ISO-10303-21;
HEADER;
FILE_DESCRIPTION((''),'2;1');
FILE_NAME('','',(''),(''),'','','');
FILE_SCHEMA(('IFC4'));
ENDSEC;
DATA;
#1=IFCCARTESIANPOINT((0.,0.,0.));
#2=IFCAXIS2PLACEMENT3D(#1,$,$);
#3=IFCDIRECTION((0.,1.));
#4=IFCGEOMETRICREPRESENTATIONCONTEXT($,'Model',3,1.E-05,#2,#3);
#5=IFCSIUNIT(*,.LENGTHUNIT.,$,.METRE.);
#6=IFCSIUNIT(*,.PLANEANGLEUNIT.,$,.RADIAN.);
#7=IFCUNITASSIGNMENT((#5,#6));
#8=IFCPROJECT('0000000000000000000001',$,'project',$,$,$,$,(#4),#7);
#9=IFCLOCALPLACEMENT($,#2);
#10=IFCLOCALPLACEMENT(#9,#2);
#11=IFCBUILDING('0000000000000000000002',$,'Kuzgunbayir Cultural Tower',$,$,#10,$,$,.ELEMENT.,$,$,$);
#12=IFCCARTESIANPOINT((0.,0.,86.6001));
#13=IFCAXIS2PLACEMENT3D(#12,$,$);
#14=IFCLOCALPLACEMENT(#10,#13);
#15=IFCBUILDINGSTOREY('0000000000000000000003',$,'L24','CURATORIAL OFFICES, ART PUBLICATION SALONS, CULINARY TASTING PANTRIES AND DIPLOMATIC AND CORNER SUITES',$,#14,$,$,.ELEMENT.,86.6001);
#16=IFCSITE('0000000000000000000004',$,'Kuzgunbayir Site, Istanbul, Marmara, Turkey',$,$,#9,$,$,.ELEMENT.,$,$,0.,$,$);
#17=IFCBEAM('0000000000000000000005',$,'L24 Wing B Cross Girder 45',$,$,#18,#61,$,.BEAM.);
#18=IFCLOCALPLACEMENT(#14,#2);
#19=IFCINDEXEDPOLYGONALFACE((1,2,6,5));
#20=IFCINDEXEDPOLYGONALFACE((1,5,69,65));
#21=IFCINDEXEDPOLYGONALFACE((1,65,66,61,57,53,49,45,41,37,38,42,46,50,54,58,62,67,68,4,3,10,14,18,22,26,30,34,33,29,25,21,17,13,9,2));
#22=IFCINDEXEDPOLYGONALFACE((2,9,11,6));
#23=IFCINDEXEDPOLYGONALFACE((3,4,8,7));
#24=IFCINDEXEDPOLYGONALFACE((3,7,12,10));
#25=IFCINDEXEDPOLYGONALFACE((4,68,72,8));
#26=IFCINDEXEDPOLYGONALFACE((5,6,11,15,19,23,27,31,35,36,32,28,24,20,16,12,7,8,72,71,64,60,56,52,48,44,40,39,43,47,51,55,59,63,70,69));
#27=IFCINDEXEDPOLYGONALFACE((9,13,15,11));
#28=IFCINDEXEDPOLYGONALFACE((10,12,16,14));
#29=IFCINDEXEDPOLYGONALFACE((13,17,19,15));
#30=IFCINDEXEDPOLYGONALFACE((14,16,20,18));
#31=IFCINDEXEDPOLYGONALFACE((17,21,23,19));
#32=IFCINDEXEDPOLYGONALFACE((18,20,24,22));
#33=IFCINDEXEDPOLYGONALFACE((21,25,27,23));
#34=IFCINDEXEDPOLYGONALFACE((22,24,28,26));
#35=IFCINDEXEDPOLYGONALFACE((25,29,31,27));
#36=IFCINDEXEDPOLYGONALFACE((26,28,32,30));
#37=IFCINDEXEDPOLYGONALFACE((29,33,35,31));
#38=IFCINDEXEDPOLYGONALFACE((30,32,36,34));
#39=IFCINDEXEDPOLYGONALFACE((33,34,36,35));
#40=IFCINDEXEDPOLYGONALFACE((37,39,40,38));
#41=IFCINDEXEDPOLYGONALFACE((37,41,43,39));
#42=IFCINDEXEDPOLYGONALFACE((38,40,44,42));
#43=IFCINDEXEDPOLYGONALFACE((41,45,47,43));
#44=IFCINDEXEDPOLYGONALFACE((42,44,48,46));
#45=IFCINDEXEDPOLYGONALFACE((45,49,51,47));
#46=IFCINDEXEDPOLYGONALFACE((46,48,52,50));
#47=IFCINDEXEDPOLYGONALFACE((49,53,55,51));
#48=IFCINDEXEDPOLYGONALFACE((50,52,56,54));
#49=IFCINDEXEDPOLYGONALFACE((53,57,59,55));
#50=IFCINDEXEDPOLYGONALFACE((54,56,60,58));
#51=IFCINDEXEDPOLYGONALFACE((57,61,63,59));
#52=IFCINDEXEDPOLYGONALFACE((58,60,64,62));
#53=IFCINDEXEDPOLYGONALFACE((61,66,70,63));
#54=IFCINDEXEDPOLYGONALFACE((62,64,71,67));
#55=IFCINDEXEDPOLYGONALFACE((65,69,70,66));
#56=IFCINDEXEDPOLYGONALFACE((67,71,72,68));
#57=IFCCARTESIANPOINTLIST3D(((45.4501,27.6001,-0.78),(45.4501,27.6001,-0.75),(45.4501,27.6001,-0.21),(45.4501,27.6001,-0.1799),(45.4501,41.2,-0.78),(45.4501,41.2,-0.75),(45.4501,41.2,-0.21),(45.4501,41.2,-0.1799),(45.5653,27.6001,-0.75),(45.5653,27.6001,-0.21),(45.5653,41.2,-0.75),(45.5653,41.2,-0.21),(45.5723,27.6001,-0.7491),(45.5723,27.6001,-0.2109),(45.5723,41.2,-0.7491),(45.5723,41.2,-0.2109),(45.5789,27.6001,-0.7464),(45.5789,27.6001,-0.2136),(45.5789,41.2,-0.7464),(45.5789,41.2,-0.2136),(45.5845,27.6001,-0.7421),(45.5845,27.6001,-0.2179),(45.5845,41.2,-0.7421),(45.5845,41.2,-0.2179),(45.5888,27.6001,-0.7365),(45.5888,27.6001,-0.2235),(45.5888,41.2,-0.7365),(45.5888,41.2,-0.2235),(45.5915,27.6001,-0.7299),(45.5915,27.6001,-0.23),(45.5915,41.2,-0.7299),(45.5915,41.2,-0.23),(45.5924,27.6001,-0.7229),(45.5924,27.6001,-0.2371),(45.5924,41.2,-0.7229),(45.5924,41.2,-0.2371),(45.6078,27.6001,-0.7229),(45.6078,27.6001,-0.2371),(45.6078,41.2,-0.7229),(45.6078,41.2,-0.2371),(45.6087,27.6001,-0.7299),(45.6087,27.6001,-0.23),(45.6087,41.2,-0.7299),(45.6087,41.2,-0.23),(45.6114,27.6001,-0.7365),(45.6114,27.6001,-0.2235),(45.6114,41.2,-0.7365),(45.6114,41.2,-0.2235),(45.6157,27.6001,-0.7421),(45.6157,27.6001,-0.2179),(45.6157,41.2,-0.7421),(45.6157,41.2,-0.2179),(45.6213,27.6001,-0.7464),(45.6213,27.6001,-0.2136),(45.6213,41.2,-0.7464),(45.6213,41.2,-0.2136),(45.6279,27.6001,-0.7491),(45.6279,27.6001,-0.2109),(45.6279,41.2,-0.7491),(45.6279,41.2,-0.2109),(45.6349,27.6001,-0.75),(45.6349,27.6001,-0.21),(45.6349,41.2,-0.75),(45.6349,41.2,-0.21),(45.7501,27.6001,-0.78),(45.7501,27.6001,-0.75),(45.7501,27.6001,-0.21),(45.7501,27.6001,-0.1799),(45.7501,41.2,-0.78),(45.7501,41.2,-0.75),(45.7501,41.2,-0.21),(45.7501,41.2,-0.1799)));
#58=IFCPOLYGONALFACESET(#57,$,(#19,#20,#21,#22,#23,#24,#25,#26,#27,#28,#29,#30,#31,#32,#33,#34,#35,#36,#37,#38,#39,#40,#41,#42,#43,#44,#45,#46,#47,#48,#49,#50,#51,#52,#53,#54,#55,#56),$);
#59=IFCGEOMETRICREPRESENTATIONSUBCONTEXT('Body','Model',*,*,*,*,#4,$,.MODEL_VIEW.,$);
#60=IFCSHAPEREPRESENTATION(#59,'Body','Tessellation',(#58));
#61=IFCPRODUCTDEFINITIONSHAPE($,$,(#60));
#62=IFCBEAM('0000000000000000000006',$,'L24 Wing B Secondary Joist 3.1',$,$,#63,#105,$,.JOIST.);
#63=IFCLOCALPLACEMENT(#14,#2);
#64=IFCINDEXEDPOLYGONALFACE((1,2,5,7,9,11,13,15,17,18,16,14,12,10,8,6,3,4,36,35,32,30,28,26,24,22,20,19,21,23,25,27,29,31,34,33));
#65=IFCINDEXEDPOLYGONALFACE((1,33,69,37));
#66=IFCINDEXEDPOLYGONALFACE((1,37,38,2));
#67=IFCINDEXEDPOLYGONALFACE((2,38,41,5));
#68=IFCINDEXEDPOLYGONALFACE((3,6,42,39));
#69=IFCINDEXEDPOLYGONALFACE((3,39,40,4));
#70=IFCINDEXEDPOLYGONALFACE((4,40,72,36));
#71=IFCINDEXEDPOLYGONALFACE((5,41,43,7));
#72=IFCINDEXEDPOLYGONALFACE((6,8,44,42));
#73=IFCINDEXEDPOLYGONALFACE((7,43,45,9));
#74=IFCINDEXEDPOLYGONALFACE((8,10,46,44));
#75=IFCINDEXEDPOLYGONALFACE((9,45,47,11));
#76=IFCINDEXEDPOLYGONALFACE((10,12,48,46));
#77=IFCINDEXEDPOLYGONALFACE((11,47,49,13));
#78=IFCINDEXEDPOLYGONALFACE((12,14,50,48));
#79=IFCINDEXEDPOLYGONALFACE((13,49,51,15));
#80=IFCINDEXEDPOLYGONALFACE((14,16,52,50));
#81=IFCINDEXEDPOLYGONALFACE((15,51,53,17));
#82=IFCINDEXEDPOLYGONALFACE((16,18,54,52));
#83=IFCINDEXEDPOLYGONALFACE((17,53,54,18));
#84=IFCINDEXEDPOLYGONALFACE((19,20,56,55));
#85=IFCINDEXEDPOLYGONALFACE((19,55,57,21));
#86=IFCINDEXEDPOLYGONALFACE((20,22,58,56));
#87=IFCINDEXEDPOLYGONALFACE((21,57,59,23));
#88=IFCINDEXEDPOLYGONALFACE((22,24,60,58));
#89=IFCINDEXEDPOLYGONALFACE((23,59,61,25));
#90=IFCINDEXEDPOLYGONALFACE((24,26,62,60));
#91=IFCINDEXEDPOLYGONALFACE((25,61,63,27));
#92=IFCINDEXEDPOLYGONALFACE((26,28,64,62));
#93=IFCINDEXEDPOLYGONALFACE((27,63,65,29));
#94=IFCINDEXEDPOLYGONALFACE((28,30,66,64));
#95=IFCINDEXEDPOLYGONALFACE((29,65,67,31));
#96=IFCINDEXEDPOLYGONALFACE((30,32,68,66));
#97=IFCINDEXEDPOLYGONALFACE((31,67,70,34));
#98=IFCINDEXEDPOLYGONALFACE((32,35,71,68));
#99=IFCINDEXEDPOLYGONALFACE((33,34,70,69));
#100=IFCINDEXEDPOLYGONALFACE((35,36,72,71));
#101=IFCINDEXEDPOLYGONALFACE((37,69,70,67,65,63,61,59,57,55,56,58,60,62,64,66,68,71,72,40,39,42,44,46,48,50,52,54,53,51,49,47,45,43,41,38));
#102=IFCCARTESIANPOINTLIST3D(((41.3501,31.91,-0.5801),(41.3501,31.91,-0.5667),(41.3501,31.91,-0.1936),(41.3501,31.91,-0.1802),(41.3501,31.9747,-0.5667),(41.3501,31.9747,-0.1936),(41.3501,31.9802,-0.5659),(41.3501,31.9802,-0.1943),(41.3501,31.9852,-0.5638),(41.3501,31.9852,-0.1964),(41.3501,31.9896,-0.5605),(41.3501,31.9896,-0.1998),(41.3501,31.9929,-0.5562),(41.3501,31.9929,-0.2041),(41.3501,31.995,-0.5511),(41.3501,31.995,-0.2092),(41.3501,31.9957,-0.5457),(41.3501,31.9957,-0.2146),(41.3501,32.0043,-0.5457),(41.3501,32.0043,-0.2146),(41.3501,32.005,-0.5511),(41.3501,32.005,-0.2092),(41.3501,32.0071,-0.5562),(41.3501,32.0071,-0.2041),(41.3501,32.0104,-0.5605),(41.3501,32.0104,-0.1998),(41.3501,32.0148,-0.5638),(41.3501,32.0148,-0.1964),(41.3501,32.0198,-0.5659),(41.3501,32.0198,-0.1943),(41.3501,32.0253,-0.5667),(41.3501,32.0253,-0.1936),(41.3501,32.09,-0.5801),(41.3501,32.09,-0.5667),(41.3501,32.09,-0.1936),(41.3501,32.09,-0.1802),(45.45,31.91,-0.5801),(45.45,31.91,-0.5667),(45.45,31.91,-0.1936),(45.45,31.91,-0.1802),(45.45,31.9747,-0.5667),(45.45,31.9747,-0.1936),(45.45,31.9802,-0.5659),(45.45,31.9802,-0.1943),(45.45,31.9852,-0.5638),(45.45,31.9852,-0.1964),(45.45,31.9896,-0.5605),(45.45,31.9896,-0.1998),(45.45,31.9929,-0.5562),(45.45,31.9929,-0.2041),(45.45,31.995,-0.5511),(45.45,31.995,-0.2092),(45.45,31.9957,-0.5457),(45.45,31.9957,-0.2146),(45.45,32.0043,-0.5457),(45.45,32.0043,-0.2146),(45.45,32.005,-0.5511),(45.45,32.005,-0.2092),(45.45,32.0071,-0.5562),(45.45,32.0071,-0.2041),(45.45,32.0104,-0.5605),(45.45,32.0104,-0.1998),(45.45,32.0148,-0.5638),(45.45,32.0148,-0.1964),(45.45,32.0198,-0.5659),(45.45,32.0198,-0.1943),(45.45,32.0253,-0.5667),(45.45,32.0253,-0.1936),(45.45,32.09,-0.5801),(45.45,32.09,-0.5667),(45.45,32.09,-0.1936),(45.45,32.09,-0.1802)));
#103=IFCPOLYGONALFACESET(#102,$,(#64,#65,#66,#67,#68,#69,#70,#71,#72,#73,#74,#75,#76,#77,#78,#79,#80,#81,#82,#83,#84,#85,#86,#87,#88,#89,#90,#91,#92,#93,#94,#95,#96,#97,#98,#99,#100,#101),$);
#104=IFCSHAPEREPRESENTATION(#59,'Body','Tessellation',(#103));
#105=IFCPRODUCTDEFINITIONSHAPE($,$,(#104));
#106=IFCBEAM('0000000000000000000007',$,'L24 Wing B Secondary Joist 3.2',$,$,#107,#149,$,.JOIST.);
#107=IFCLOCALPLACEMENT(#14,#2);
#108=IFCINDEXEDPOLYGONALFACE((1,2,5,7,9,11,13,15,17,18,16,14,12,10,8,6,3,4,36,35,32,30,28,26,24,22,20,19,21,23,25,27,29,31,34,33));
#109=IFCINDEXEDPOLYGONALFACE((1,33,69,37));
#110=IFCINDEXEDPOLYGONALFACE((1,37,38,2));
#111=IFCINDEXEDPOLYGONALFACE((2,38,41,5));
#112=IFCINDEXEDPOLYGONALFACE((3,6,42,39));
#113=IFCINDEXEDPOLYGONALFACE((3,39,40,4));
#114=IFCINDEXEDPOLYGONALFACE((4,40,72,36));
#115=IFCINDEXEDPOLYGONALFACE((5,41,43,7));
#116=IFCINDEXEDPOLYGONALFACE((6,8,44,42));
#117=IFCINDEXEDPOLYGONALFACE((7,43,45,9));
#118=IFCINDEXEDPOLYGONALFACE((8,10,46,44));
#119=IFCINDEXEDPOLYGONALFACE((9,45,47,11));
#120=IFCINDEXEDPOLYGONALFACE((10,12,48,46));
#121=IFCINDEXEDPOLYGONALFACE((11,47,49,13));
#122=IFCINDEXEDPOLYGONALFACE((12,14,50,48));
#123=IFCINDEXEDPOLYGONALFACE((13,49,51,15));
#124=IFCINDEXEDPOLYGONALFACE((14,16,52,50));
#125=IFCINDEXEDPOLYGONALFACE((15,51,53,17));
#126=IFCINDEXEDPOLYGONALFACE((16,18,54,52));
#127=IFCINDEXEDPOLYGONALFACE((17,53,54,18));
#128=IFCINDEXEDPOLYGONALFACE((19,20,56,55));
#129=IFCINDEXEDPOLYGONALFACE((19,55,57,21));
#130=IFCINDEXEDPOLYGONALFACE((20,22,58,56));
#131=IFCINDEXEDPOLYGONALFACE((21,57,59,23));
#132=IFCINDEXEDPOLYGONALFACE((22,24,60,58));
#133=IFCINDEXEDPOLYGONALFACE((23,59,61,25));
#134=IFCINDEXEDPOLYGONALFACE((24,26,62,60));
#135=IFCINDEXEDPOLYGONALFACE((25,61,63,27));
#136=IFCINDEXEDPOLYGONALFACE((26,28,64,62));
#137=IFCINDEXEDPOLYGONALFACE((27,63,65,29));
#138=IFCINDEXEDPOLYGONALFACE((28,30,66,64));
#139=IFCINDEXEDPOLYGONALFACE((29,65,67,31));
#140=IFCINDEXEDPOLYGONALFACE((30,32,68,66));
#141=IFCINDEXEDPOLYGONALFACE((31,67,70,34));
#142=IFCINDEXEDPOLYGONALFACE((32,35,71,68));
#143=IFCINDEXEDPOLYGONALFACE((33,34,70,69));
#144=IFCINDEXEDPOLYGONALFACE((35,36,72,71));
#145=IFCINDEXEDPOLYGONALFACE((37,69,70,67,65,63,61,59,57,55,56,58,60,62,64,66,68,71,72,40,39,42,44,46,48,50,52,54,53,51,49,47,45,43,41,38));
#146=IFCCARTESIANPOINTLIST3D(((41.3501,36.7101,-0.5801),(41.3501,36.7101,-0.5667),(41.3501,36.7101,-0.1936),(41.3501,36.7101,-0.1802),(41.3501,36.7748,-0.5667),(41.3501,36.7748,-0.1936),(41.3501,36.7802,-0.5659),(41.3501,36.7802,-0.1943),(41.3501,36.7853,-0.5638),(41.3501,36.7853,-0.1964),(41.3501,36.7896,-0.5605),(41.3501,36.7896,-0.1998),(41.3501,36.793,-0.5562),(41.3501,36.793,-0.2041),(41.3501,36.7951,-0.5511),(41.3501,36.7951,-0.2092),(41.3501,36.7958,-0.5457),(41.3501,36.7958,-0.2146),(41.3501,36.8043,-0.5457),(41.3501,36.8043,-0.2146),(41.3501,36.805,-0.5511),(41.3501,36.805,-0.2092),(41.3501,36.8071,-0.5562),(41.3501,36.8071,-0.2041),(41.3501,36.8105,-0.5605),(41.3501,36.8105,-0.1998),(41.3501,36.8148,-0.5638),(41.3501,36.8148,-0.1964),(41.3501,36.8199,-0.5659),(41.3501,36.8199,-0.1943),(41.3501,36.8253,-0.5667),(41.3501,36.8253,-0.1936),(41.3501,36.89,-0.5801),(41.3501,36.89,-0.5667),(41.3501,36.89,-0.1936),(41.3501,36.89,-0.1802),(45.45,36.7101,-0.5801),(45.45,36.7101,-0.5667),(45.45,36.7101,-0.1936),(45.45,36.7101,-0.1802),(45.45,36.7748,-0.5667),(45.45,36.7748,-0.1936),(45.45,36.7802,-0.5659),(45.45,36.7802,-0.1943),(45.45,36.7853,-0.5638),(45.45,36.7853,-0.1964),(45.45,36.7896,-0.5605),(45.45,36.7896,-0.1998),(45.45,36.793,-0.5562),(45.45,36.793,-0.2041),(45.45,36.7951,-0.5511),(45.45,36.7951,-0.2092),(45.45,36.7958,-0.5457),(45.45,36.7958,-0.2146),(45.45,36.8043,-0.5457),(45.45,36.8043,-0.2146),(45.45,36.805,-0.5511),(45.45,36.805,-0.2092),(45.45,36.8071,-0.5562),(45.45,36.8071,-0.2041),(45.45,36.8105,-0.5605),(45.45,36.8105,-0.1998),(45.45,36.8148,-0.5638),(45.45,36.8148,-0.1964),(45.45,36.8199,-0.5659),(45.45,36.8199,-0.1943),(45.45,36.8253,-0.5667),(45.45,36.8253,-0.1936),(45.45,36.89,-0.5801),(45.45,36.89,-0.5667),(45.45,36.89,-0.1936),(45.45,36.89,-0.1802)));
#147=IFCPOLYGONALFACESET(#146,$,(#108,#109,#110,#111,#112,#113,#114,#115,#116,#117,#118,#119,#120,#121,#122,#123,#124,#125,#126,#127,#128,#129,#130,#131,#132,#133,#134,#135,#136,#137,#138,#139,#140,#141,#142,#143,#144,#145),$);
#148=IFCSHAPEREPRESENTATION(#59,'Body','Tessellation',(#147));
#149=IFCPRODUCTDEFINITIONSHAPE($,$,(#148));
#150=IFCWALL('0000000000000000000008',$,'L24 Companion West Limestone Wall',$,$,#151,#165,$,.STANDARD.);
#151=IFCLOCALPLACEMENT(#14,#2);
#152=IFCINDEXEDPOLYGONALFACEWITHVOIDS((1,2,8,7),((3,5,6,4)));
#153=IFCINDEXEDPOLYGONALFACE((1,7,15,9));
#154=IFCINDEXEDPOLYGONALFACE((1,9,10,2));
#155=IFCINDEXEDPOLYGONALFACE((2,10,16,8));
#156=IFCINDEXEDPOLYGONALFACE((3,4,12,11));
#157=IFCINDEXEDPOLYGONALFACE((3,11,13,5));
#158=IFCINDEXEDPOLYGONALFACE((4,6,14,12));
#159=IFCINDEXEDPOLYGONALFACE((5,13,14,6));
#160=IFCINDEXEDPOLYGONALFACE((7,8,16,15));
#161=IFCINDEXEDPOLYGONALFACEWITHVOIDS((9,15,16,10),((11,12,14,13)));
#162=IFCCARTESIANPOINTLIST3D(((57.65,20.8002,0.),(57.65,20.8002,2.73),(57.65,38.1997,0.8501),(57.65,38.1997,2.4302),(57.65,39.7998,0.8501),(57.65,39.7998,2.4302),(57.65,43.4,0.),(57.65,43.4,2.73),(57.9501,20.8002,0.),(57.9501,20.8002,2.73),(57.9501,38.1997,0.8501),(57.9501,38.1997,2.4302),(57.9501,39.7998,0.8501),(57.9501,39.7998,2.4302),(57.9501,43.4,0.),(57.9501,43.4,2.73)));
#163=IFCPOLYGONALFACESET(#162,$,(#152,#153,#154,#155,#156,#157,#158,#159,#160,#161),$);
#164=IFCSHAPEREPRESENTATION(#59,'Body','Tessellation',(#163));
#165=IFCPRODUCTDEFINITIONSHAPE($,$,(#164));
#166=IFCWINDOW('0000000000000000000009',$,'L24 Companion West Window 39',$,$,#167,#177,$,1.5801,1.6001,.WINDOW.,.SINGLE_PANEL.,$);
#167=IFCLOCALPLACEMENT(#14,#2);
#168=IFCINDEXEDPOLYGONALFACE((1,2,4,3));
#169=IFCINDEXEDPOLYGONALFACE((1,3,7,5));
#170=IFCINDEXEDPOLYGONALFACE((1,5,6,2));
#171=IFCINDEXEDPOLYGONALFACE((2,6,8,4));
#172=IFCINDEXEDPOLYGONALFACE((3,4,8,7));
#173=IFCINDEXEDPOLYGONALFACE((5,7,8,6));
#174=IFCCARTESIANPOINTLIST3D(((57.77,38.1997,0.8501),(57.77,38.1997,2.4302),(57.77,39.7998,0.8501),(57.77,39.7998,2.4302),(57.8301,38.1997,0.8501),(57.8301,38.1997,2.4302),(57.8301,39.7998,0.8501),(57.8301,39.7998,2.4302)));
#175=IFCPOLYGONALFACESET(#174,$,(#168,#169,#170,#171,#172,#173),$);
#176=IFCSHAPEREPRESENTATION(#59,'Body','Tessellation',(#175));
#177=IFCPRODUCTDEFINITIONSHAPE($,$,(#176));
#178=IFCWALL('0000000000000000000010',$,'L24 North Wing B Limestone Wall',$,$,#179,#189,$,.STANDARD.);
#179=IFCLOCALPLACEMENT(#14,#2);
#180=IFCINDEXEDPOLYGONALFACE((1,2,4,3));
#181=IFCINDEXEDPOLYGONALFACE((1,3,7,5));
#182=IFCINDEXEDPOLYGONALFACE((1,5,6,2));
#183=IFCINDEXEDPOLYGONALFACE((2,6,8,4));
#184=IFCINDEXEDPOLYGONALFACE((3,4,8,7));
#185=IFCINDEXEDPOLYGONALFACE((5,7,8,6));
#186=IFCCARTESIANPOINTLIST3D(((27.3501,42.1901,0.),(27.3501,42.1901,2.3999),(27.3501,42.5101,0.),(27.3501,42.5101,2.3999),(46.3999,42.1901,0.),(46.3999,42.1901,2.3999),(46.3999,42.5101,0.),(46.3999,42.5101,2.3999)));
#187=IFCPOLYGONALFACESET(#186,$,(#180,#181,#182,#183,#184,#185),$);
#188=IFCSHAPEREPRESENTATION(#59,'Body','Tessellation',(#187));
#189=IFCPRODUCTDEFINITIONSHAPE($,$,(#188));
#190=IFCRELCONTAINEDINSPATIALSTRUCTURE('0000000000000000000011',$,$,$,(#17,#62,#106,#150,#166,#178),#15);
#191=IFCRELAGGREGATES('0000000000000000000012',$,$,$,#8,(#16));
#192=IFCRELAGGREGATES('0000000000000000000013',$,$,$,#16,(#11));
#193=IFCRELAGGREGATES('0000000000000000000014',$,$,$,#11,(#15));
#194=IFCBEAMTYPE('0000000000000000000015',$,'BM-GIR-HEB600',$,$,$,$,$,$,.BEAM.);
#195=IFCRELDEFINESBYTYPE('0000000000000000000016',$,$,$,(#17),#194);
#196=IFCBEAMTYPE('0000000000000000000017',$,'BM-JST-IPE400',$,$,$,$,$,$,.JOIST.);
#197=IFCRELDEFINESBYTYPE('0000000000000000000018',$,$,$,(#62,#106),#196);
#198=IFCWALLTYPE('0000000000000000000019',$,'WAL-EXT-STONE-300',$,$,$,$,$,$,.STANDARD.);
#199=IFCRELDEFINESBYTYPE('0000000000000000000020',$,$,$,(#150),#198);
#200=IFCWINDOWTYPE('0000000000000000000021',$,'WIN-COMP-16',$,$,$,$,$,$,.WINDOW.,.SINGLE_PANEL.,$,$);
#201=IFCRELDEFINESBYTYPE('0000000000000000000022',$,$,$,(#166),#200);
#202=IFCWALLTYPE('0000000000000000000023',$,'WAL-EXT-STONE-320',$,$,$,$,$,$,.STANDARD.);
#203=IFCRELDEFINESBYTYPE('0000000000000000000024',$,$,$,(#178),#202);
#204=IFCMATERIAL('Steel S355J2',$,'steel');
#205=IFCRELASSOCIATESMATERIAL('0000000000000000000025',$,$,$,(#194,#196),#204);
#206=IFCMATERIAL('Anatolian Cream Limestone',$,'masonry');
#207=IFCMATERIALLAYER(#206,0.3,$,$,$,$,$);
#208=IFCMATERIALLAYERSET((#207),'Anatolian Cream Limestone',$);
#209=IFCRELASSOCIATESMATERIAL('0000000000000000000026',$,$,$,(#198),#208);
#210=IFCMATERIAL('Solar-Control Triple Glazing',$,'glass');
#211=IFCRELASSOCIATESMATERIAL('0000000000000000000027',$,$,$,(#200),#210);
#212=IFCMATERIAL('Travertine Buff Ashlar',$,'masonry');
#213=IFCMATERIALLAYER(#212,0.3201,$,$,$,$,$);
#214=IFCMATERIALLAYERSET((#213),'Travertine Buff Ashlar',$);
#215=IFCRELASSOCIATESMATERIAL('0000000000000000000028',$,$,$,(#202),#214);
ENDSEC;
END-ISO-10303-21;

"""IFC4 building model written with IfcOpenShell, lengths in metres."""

from ifc_helpers import new_model, si_unit, direction, frame, frame_2d, origin, origin_2d, place, context, subcontext, project, spatial, rectangle, i_section, extrude, material, layer, layer_set, material_profile, profile_set, type_object, element, fill, save


model = new_model("IFC4")

# Units and contexts
model_context = context("Model", 3, precision=1e-05, world=origin(), true_north=direction((0.0, 1.0)))
body_context = subcontext(model_context, "Body", "Model", "MODEL_VIEW")
ifc_project = project(units=[si_unit("LENGTHUNIT", "METRE"), si_unit("PLANEANGLEUNIT", "RADIAN")], contexts=[model_context])

# Site, building, storey
site_placement = place(None, origin())
site = spatial("IfcSite", under=ifc_project, at=site_placement, Name="Kuzgunbayir Site, Istanbul, Marmara, Turkey", CompositionType="ELEMENT", RefElevation=0.0)
building_placement = place(site_placement, origin())
building = spatial("IfcBuilding", under=site, at=building_placement, Name="Kuzgunbayir Cultural Tower", CompositionType="ELEMENT")
storey_placement = place(building_placement, frame((0.0, 0.0, 86.6001)))
storey = spatial("IfcBuildingStorey", under=building, at=storey_placement, Name="L24", Description="CURATORIAL OFFICES, ART PUBLICATION SALONS, CULINARY TASTING PANTRIES AND DIPLOMATIC AND CORNER SUITES", CompositionType="ELEMENT", Elevation=86.6001)

# Beams
ifc_material_1 = material(Name="Steel S355J2", Category="steel")
ifc_material_profile_1 = material_profile(ifc_material_1, i_section(OverallWidth=0.3, OverallDepth=0.6001, WebThickness=0.0154, FlangeThickness=0.03, FilletRadius=0.0271, at=origin_2d()), Name="HEB 600")
ifc_profile_set_1 = profile_set([ifc_material_profile_1], Name="Steel S355J2")
beam_type_1 = type_object("IfcBeamType", Name="BM-GIR-HEB600", PredefinedType="BEAM", material=ifc_profile_set_1)
beam_1_placement = place(storey_placement, frame((45.6001, 27.6001, -0.48), z_axis=(0.0, 1.0, 0.0), x_axis=(-1.0, 0.0, 0.0)))
element("IfcBeam", 1, at=beam_1_placement, inside=storey, type_object=beam_type_1, Name="L24 Wing B Cross Girder 45", PredefinedType="BEAM", context=body_context, shape_type="SweptSolid", body=[
    extrude(i_section(OverallWidth=0.3, OverallDepth=0.6001, WebThickness=0.0154, FlangeThickness=0.03, FilletRadius=0.0271, at=origin_2d()), origin(), (0.0, 0.0, 1.0), 13.5999),
])
ifc_material_profile_2 = material_profile(ifc_material_1, i_section(OverallWidth=0.1799, OverallDepth=0.3999, WebThickness=0.0085, FlangeThickness=0.0134, FilletRadius=0.021, at=origin_2d()), Name="IPE 400")
ifc_profile_set_2 = profile_set([ifc_material_profile_2], Name="Steel S355J2")
beam_type_2 = type_object("IfcBeamType", Name="BM-JST-IPE400", PredefinedType="JOIST", material=ifc_profile_set_2)
for number, where, z_axis, x_axis, name in (
    (2, (41.3501, 32.0, -0.3801), (1.0, 0.0, 0.0), (0.0, 1.0, 0.0), "L24 Wing B Secondary Joist 3.1"),
    (3, (41.3501, 36.8, -0.3801), (1.0, 0.0, 0.0), (0.0, 1.0, 0.0), "L24 Wing B Secondary Joist 3.2"),
):
    element("IfcBeam", number, at=place(storey_placement, frame(where, z_axis=z_axis, x_axis=x_axis)), inside=storey, type_object=beam_type_2, Name=name, PredefinedType="JOIST", context=body_context, shape_type="SweptSolid", body=[
        extrude(i_section(OverallWidth=0.1799, OverallDepth=0.3999, WebThickness=0.0085, FlangeThickness=0.0134, FilletRadius=0.021, at=origin_2d()), origin(), (0.0, 0.0, 1.0), 4.0999),
    ])

# Wall, opening, window
ifc_material_2 = material(Name="Anatolian Cream Limestone", Category="masonry")
ifc_layer_1 = layer(ifc_material_2, 0.3)
ifc_layer_set_1 = layer_set([ifc_layer_1], Name="Anatolian Cream Limestone")
wall_type_1 = type_object("IfcWallType", Name="WAL-EXT-STONE-300", PredefinedType="STANDARD", material=ifc_layer_set_1)
wall_1_placement = place(storey_placement, frame((57.8, 43.3999, 0.0), z_axis=(0.0, 0.0, 1.0), x_axis=(0.0, -1.0, 0.0)))
wall_1 = element("IfcWall", 4, at=wall_1_placement, inside=storey, type_object=wall_type_1, Name="L24 Companion West Limestone Wall", PredefinedType="STANDARD", context=body_context, shape_type="SweptSolid", body=[
    extrude(rectangle(XDim=22.5999, YDim=0.3, at=frame_2d((11.2998, 0.0))), origin(), (0.0, 0.0, 1.0), 2.73),
])
opening_1_placement = place(wall_1_placement, frame((3.6001, 0.0, 0.8501)))
opening_1 = element("IfcOpeningElement", 5, at=opening_1_placement, cuts=wall_1, PredefinedType="OPENING", context=body_context, shape_type="SweptSolid", body=[
    extrude(rectangle(XDim=1.6001, YDim=1.5801, at=frame_2d((0.8, 0.79))), frame((0.0, 0.1602, 0.0), z_axis=(0.0, -1.0, 0.0), x_axis=(1.0, 0.0, 0.0)), (0.0, 0.0, 1.0), 0.3201),
])
ifc_material_3 = material(Name="Solar-Control Triple Glazing", Category="glass")
window_type = type_object("IfcWindowType", Name="WIN-COMP-16", PartitioningType="SINGLE_PANEL", PredefinedType="WINDOW", material=ifc_material_3)
window_placement = place(opening_1_placement, origin())
window = element("IfcWindow", 6, at=window_placement, inside=storey, type_object=window_type, Name="L24 Companion West Window 39", OverallHeight=1.5801, OverallWidth=1.6001, PartitioningType="SINGLE_PANEL", PredefinedType="WINDOW", context=body_context, shape_type="SweptSolid", body=[
    extrude(rectangle(XDim=1.6001, YDim=1.5801, at=frame_2d((0.8, 0.79))), frame((0.0, 0.03, 0.0), z_axis=(0.0, -1.0, 0.0), x_axis=(1.0, 0.0, 0.0)), (0.0, 0.0, 1.0), 0.0601),
])
fill(opening_1, window)

# Wall
ifc_material_4 = material(Name="Travertine Buff Ashlar", Category="masonry")
ifc_layer_2 = layer(ifc_material_4, 0.3201)
ifc_layer_set_2 = layer_set([ifc_layer_2], Name="Travertine Buff Ashlar")
wall_type_2 = type_object("IfcWallType", Name="WAL-EXT-STONE-320", PredefinedType="STANDARD", material=ifc_layer_set_2)
wall_2_placement = place(storey_placement, frame((46.3999, 42.3501, 0.0), z_axis=(0.0, 0.0, 1.0), x_axis=(-1.0, 0.0, 0.0)))
element("IfcWall", 7, at=wall_2_placement, inside=storey, type_object=wall_type_2, Name="L24 North Wing B Limestone Wall", PredefinedType="STANDARD", context=body_context, shape_type="SweptSolid", body=[
    extrude(rectangle(XDim=19.0498, YDim=0.3201, at=frame_2d((9.5249, 0.0))), origin(), (0.0, 0.0, 1.0), 2.3999),
])

save(model, "model.ifc")
